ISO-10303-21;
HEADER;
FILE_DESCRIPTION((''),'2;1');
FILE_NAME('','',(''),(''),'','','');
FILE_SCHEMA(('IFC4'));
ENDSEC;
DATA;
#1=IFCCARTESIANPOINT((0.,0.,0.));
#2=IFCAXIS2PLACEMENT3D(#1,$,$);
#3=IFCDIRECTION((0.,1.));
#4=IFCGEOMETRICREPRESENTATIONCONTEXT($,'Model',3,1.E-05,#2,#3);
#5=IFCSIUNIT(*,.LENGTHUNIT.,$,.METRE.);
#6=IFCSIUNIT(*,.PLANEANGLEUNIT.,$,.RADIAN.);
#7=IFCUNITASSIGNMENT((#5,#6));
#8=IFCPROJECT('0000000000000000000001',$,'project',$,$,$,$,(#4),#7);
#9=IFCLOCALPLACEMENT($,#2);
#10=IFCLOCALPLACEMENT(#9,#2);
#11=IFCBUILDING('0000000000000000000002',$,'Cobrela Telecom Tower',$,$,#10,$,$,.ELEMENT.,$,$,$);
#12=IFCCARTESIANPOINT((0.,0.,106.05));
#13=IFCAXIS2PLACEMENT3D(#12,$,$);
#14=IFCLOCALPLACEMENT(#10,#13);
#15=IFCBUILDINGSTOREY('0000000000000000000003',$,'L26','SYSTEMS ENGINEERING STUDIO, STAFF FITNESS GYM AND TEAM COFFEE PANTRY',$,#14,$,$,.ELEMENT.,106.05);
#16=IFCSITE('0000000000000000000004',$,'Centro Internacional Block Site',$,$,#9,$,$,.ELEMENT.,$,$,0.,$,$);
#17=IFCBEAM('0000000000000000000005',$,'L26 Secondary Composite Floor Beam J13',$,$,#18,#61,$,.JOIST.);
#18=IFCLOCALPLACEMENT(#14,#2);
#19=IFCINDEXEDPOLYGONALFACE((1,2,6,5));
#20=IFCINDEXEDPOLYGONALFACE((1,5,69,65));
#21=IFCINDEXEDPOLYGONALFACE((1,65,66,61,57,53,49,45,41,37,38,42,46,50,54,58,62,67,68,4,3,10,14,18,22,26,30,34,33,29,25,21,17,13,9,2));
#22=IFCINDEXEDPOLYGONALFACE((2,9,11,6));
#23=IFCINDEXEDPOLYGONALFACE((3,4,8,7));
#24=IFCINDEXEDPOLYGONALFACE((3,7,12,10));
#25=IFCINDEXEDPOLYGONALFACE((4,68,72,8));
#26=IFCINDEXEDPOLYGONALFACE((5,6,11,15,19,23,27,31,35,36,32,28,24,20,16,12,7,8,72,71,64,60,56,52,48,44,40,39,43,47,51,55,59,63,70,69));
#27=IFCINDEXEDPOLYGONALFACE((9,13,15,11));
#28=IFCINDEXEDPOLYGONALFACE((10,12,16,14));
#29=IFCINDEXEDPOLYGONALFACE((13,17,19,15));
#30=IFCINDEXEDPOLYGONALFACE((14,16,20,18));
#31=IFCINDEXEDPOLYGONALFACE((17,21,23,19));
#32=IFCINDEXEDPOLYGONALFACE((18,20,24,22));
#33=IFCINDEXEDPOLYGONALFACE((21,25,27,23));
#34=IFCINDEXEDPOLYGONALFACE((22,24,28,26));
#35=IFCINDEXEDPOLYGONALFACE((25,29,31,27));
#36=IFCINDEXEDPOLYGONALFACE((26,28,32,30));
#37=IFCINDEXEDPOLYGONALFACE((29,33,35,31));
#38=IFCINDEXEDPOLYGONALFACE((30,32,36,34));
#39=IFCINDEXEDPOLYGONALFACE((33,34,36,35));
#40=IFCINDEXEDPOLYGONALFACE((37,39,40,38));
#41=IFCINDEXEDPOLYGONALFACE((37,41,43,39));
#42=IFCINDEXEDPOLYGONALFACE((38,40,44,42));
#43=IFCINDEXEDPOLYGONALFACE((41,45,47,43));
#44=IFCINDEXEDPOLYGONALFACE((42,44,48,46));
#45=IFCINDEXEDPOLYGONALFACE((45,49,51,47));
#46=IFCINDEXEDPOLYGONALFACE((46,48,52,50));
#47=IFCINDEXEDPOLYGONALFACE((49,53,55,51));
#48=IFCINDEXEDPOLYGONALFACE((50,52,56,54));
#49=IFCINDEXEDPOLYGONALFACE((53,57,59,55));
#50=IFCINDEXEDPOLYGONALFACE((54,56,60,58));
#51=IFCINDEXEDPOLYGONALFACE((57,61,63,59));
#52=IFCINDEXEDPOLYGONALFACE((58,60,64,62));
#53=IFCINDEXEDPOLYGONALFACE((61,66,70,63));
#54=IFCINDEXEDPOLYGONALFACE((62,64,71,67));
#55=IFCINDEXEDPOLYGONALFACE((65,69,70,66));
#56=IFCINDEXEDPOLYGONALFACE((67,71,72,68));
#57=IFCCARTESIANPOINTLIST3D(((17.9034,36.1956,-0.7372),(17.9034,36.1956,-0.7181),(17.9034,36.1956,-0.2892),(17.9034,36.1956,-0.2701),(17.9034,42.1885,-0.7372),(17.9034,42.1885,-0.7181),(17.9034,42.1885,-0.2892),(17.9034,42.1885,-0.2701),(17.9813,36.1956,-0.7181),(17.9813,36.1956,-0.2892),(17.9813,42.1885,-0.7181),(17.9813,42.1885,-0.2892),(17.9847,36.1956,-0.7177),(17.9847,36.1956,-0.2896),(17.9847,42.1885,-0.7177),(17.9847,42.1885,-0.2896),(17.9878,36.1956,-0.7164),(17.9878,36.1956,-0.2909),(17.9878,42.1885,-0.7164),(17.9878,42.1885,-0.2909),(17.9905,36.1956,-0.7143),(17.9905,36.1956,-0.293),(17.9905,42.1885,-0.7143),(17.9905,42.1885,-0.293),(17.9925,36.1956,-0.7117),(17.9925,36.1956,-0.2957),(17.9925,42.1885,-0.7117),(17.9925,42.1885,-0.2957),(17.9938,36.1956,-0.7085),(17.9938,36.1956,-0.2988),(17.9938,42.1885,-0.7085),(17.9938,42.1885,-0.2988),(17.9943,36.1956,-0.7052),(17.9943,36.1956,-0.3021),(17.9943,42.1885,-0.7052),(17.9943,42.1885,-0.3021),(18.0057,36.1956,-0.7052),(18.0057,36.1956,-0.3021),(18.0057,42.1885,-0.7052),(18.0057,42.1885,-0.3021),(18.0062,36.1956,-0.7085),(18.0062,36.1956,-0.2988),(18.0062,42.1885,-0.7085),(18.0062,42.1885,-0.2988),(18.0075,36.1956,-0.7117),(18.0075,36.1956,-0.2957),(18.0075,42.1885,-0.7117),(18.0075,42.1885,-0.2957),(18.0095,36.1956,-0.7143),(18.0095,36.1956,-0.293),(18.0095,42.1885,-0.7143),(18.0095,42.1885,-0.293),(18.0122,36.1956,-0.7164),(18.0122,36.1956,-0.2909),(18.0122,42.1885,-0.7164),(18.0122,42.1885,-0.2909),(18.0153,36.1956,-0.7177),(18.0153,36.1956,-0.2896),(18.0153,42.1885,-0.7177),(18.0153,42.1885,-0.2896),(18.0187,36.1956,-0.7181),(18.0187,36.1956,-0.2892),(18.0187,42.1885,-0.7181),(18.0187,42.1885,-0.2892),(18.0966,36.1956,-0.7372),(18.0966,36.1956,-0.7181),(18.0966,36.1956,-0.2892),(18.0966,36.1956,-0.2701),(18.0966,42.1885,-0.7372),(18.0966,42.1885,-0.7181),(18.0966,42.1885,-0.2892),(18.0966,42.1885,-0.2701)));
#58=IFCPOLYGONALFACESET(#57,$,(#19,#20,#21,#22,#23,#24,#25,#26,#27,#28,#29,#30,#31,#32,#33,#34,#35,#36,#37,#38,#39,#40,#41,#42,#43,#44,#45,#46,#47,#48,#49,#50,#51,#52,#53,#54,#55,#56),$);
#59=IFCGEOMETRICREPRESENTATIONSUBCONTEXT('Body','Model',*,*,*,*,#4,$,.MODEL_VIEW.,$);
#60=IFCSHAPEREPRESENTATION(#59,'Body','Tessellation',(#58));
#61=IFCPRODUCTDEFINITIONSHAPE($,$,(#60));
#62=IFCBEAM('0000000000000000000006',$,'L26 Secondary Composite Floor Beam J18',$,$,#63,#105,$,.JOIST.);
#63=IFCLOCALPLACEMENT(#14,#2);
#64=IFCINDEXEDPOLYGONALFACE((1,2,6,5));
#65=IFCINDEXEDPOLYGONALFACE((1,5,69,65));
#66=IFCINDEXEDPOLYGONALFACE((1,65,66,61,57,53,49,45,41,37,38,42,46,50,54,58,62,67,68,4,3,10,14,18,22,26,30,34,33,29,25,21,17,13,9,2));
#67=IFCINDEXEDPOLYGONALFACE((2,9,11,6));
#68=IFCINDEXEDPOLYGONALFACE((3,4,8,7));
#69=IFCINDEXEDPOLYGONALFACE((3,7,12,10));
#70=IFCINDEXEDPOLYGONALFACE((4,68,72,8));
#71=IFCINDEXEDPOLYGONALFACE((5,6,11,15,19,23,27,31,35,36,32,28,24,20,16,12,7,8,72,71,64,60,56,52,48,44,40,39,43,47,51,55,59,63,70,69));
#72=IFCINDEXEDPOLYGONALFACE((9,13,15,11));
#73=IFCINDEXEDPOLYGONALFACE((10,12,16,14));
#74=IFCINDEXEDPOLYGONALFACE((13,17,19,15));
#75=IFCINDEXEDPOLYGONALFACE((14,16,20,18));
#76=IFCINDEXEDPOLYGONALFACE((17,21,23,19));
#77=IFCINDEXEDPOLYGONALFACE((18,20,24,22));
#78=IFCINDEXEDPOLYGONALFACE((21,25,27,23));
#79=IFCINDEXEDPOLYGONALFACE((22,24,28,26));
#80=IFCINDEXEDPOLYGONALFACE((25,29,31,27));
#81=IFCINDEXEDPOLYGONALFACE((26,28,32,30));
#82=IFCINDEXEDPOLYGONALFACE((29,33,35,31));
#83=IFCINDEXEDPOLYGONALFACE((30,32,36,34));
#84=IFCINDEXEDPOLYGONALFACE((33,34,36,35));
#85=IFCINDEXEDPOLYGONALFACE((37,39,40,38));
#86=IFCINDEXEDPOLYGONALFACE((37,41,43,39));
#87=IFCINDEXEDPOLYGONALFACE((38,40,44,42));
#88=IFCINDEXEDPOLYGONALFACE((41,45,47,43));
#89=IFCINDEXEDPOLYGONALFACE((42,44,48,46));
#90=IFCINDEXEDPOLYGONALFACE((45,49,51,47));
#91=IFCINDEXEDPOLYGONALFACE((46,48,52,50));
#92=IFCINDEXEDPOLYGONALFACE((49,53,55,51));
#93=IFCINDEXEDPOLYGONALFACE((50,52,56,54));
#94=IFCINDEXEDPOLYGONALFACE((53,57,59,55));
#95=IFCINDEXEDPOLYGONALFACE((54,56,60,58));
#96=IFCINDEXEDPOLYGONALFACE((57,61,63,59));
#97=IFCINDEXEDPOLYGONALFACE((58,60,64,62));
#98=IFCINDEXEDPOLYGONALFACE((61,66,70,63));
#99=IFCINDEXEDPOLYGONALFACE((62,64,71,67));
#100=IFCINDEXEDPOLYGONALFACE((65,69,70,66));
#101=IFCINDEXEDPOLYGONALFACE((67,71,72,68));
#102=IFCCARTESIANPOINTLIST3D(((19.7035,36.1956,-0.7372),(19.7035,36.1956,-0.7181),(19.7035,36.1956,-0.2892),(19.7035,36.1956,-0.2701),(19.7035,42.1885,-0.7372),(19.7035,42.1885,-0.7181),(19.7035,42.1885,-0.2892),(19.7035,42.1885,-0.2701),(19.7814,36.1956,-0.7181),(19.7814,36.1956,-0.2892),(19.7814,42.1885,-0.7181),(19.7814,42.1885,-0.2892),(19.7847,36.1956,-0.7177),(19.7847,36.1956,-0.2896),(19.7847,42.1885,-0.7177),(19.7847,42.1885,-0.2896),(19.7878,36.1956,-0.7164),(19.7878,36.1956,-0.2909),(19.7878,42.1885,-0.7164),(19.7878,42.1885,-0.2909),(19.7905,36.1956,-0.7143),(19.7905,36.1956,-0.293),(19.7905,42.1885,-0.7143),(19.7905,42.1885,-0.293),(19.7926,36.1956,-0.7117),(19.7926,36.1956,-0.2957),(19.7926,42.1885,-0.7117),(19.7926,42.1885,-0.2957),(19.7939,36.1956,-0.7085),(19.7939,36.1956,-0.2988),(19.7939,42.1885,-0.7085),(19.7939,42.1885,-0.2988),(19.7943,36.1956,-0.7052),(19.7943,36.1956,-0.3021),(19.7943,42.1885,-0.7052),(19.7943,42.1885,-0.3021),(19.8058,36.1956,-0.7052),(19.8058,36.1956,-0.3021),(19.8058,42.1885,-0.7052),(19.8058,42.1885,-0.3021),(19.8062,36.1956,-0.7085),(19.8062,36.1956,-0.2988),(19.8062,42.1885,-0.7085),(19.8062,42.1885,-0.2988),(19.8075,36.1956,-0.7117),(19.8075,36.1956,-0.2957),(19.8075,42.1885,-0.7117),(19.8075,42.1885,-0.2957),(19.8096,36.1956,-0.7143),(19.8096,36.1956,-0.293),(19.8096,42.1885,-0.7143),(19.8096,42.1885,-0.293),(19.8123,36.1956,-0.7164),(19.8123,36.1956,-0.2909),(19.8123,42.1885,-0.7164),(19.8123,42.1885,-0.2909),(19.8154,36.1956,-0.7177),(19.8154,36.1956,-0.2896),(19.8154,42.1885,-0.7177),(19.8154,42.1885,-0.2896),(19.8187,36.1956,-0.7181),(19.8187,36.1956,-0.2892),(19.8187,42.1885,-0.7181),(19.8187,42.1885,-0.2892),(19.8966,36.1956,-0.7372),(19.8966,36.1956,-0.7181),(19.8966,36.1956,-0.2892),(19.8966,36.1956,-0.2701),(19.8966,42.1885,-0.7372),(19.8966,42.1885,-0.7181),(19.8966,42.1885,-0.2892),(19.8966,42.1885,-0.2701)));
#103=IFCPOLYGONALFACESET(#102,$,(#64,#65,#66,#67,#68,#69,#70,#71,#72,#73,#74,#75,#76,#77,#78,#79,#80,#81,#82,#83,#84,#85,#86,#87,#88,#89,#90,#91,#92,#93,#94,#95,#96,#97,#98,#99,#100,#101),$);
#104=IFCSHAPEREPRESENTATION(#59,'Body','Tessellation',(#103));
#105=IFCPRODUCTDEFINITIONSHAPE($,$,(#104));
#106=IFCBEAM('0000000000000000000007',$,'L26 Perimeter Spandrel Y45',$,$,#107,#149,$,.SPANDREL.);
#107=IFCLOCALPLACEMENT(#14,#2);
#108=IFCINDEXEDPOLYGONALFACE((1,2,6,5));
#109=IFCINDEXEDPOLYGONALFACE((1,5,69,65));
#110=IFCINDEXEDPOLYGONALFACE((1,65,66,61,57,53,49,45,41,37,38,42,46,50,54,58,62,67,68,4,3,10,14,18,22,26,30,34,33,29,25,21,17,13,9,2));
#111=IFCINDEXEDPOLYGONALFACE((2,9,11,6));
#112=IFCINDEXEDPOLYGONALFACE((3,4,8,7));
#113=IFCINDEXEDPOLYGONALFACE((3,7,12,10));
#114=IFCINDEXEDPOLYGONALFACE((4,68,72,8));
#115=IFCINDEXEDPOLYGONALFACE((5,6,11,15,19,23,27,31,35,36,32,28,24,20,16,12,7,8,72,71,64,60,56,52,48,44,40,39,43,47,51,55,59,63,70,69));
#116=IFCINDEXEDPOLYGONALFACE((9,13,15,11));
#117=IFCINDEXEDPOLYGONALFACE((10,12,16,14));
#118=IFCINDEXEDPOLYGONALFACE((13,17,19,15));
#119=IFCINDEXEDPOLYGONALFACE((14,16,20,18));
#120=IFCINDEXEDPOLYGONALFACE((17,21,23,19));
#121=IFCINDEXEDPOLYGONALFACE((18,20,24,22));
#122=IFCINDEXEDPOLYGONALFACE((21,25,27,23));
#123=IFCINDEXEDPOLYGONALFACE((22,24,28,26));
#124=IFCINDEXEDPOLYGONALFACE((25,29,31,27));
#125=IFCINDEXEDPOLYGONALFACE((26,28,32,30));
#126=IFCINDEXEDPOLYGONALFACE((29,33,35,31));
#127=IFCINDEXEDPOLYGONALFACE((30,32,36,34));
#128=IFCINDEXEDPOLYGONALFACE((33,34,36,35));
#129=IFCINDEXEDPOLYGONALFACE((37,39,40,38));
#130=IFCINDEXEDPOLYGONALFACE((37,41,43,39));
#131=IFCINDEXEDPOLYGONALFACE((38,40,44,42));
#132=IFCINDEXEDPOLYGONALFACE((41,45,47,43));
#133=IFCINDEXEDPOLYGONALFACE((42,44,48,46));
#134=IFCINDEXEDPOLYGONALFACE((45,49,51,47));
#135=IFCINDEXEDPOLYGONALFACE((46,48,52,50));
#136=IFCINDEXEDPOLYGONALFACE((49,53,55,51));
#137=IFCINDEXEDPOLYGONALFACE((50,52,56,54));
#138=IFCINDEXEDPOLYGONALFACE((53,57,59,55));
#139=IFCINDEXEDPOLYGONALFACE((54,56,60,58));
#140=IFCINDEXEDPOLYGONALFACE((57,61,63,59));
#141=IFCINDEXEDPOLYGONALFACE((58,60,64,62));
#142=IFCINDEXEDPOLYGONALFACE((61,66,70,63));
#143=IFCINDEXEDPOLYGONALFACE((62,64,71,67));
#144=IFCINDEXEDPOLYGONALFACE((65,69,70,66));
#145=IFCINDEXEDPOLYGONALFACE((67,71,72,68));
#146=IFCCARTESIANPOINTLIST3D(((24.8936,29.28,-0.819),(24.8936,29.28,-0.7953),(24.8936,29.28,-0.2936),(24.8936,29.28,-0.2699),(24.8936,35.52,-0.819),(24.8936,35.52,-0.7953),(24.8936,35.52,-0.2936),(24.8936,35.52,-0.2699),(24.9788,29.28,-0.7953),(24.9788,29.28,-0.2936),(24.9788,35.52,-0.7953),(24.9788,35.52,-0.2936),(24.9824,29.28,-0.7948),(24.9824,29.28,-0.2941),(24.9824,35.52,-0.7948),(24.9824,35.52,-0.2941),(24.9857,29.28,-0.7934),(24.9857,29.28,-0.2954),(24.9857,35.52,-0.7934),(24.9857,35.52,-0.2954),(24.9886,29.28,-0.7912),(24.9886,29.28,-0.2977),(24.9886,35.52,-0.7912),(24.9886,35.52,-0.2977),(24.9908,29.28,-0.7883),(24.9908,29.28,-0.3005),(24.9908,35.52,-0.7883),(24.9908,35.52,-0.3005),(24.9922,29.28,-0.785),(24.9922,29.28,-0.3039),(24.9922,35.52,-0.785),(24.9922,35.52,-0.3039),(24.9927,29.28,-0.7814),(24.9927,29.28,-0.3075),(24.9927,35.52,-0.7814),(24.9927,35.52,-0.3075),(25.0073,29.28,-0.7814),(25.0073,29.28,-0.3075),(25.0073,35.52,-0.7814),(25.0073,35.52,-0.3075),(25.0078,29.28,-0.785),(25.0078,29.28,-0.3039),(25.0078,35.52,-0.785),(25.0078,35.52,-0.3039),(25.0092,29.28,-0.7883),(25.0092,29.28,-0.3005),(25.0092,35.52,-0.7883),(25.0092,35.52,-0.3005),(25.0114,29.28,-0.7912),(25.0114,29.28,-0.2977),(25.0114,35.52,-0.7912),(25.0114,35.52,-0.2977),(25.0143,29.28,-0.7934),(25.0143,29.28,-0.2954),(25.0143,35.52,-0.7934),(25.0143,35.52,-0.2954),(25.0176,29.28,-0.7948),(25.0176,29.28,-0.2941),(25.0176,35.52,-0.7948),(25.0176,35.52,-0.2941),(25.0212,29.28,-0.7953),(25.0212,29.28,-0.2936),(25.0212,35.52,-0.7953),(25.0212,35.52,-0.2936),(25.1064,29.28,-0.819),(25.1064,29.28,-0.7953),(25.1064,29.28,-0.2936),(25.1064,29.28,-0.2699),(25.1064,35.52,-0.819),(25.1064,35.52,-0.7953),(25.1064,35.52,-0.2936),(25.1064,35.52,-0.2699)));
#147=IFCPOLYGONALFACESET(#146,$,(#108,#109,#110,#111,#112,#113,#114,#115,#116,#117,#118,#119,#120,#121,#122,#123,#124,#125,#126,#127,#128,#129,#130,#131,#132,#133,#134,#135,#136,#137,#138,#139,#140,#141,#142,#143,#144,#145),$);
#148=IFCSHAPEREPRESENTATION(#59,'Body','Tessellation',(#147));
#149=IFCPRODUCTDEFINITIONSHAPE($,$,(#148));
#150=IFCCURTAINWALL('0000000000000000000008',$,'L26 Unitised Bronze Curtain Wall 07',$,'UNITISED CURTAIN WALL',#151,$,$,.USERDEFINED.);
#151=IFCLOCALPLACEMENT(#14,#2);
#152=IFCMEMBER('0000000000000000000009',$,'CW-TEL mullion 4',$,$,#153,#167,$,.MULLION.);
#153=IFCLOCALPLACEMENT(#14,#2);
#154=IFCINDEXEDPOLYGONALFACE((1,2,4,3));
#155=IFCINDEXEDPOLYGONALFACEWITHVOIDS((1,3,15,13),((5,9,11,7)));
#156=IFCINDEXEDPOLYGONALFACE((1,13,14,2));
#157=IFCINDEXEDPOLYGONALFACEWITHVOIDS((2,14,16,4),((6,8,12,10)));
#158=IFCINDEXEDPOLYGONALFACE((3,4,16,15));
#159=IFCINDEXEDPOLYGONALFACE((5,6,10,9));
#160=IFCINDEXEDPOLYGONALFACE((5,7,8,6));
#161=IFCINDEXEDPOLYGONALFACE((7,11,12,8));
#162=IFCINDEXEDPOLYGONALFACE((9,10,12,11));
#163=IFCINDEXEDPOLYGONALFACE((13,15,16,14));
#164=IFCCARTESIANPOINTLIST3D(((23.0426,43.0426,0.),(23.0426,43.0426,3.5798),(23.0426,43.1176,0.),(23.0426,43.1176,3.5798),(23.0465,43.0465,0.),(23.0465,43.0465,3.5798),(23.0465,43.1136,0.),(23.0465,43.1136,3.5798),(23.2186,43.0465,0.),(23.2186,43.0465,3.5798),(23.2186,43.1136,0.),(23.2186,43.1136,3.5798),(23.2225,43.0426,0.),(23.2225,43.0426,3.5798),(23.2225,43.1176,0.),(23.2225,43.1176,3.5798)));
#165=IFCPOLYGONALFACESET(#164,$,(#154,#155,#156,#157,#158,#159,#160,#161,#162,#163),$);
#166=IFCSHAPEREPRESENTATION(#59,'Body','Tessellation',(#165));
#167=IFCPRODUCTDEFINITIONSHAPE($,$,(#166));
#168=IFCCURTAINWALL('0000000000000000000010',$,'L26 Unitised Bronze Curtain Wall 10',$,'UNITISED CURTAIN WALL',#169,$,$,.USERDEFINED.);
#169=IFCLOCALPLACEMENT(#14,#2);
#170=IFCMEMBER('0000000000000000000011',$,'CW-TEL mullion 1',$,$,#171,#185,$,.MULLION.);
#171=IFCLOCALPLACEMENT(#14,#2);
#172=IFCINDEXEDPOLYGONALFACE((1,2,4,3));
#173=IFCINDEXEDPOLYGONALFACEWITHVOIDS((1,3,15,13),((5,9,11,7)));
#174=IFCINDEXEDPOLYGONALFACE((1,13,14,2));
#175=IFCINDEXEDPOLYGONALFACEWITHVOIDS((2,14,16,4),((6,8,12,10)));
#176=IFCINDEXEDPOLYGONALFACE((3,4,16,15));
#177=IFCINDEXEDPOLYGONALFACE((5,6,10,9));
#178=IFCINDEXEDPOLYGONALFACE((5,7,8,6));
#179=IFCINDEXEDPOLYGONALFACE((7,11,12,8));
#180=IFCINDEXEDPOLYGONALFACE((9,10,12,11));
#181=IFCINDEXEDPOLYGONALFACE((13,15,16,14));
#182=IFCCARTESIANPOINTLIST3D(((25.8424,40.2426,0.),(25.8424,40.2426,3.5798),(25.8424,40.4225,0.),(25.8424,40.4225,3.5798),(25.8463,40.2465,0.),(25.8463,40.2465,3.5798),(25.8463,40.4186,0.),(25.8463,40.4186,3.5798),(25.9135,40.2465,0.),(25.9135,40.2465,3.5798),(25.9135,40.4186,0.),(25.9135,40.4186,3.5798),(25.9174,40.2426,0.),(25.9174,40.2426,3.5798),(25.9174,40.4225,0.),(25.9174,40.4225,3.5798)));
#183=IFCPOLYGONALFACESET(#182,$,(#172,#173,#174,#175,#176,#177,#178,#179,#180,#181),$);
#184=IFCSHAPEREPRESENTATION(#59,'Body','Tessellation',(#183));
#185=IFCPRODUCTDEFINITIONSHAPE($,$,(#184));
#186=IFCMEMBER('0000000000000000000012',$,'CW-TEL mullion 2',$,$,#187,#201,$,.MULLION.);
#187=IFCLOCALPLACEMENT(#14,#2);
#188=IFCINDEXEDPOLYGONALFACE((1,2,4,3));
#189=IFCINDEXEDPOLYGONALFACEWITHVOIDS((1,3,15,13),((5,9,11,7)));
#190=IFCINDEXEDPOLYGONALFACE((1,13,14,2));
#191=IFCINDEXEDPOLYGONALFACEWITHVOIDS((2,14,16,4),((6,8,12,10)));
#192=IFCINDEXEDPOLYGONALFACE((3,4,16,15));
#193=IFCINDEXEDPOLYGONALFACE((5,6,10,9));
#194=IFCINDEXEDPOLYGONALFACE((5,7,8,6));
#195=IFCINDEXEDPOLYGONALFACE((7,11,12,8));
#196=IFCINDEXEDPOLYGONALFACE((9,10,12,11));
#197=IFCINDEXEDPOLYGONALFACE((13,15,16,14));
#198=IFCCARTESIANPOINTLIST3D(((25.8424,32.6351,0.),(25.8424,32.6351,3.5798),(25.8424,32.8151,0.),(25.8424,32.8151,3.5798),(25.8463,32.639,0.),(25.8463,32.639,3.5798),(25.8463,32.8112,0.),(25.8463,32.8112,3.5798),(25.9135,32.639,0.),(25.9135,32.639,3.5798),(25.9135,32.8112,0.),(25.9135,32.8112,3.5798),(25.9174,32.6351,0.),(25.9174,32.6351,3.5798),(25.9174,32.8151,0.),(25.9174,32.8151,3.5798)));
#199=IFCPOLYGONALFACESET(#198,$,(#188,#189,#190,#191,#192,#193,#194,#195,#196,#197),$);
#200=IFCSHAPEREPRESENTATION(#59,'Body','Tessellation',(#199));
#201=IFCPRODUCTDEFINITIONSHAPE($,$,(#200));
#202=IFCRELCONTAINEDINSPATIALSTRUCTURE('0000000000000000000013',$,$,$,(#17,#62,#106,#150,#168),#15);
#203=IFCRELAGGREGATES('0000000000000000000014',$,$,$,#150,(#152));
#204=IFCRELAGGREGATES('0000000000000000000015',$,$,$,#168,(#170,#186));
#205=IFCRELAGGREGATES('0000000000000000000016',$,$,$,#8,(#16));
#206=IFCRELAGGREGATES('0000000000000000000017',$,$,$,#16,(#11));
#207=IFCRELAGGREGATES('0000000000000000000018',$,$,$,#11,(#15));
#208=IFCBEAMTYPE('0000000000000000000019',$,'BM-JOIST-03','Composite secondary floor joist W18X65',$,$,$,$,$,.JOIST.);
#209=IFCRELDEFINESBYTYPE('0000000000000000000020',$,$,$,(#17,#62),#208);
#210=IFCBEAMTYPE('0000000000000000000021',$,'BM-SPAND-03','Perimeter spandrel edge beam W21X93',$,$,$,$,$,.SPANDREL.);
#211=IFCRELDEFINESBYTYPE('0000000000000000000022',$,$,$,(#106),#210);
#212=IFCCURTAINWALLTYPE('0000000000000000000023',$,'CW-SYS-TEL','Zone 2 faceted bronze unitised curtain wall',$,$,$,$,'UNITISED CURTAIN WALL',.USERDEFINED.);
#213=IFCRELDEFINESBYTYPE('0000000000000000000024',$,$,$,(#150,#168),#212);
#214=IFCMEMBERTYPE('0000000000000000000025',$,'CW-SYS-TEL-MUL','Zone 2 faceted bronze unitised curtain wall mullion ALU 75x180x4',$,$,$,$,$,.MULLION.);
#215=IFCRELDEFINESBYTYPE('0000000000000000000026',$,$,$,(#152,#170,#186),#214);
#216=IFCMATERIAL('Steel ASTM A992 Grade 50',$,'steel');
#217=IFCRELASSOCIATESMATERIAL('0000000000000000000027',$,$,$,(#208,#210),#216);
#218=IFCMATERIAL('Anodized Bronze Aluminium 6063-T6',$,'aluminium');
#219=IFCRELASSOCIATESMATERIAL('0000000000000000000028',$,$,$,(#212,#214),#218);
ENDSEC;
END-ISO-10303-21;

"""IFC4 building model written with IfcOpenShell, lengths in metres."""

from ifc_helpers import new_model, si_unit, direction, frame, origin, origin_2d, place, context, subcontext, project, spatial, hollow_rectangle, i_section, extrude, material, material_profile, profile_set, type_object, element, aggregate, save


model = new_model("IFC4")

# Units and contexts
model_context = context("Model", 3, precision=1e-05, world=origin(), true_north=direction((0.0, 1.0)))
body_context = subcontext(model_context, "Body", "Model", "MODEL_VIEW")
ifc_project = project(units=[si_unit("LENGTHUNIT", "METRE"), si_unit("PLANEANGLEUNIT", "RADIAN")], contexts=[model_context])

# Site, building, storey
site_placement = place(None, origin())
site = spatial("IfcSite", under=ifc_project, at=site_placement, Name="Centro Internacional Block Site", CompositionType="ELEMENT", RefElevation=0.0)
building_placement = place(site_placement, origin())
building = spatial("IfcBuilding", under=site, at=building_placement, Name="Cobrela Telecom Tower", CompositionType="ELEMENT")
storey_placement = place(building_placement, frame((0.0, 0.0, 106.05)))
storey = spatial("IfcBuildingStorey", under=building, at=storey_placement, Name="L26", Description="SYSTEMS ENGINEERING STUDIO, STAFF FITNESS GYM AND TEAM COFFEE PANTRY", CompositionType="ELEMENT", Elevation=106.05)

# Shared definitions
ifc_material_1 = material(Name="Steel ASTM A992 Grade 50", Category="steel")

# Beams
ifc_material_profile_1 = material_profile(ifc_material_1, i_section(OverallWidth=0.1931, OverallDepth=0.467, WebThickness=0.0115, FlangeThickness=0.019, FilletRadius=0.0129, at=origin_2d()), Name="W18X65")
ifc_profile_set_1 = profile_set([ifc_material_profile_1], Name="Steel ASTM A992 Grade 50")
beam_type_1 = type_object("IfcBeamType", Name="BM-JOIST-03", Description="Composite secondary floor joist W18X65", PredefinedType="JOIST", material=ifc_profile_set_1)
for number, where, z_axis, x_axis, name in (
    (1, (18.0, 36.1956, -0.5037), (0.0, 1.0, 0.0), (-1.0, 0.0, 0.0), "L26 Secondary Composite Floor Beam J13"),
    (2, (19.8, 36.1956, -0.5037), (0.0, 1.0, 0.0), (-1.0, 0.0, 0.0), "L26 Secondary Composite Floor Beam J18"),
):
    element("IfcBeam", number, at=place(storey_placement, frame(where, z_axis=z_axis, x_axis=x_axis)), inside=storey, type_object=beam_type_1, Name=name, PredefinedType="JOIST", context=body_context, shape_type="SweptSolid", body=[
        extrude(i_section(OverallWidth=0.1931, OverallDepth=0.467, WebThickness=0.0115, FlangeThickness=0.019, FilletRadius=0.0129, at=origin_2d()), origin(), (0.0, 0.0, 1.0), 5.9929),
    ])
ifc_material_profile_2 = material_profile(ifc_material_1, i_section(OverallWidth=0.2129, OverallDepth=0.5491, WebThickness=0.0146, FlangeThickness=0.0237, FilletRadius=0.0139, at=origin_2d()), Name="W21X93")
ifc_profile_set_2 = profile_set([ifc_material_profile_2], Name="Steel ASTM A992 Grade 50")
beam_type_2 = type_object("IfcBeamType", Name="BM-SPAND-03", Description="Perimeter spandrel edge beam W21X93", PredefinedType="SPANDREL", material=ifc_profile_set_2)
beam_1_placement = place(storey_placement, frame((25.0, 29.28, -0.5444), z_axis=(0.0, 1.0, 0.0), x_axis=(-1.0, 0.0, 0.0)))
element("IfcBeam", 3, at=beam_1_placement, inside=storey, type_object=beam_type_2, Name="L26 Perimeter Spandrel Y45", PredefinedType="SPANDREL", context=body_context, shape_type="SweptSolid", body=[
    extrude(i_section(OverallWidth=0.2129, OverallDepth=0.5491, WebThickness=0.0146, FlangeThickness=0.0237, FilletRadius=0.0139, at=origin_2d()), origin(), (0.0, 0.0, 1.0), 6.24),
])

# Curtain wall, member
ifc_material_2 = material(Name="Anodized Bronze Aluminium 6063-T6", Category="aluminium")
curtain_wall_type = type_object("IfcCurtainWallType", Name="CW-SYS-TEL", Description="Zone 2 faceted bronze unitised curtain wall", ElementType="UNITISED CURTAIN WALL", PredefinedType="USERDEFINED", material=ifc_material_2)
curtain_wall_1_placement = place(storey_placement, origin())
curtain_wall_1 = element("IfcCurtainWall", 4, at=curtain_wall_1_placement, inside=storey, type_object=curtain_wall_type, Name="L26 Unitised Bronze Curtain Wall 07", ObjectType="UNITISED CURTAIN WALL", PredefinedType="USERDEFINED")
ifc_material_profile_3 = material_profile(ifc_material_2, hollow_rectangle(XDim=0.075, YDim=0.1799, WallThickness=0.0039, at=origin_2d()), Name="ALU 75x180x4")
ifc_profile_set_3 = profile_set([ifc_material_profile_3], Name="Anodized Bronze Aluminium 6063-T6")
member_type_1 = type_object("IfcMemberType", Name="CW-SYS-TEL-MUL", Description="Zone 2 faceted bronze unitised curtain wall mullion ALU 75x180x4", PredefinedType="MULLION", material=ifc_profile_set_3)
member_1_placement = place(storey_placement, frame((23.1326, 43.0801, 0.0), z_axis=(0.0, 0.0, 1.0), x_axis=(0.0, 1.0, 0.0)))
member_1 = element("IfcMember", 5, at=member_1_placement, type_object=member_type_1, Name="CW-TEL mullion 4", PredefinedType="MULLION", context=body_context, shape_type="SweptSolid", body=[
    extrude(hollow_rectangle(XDim=0.075, YDim=0.1799, WallThickness=0.0039, at=origin_2d()), origin(), (0.0, 0.0, 1.0), 3.5798),
])

# Curtain wall, members
curtain_wall_2_placement = place(storey_placement, origin())
curtain_wall_2 = element("IfcCurtainWall", 6, at=curtain_wall_2_placement, inside=storey, type_object=curtain_wall_type, Name="L26 Unitised Bronze Curtain Wall 10", ObjectType="UNITISED CURTAIN WALL", PredefinedType="USERDEFINED")
member_2_placement = place(storey_placement, frame((25.8799, 40.3325, 0.0), z_axis=(0.0, 0.0, 1.0), x_axis=(1.0, 0.0, 0.0)))
member_2 = element("IfcMember", 7, at=member_2_placement, type_object=member_type_1, Name="CW-TEL mullion 1", PredefinedType="MULLION", context=body_context, shape_type="SweptSolid", body=[
    extrude(hollow_rectangle(XDim=0.075, YDim=0.1799, WallThickness=0.0039, at=origin_2d()), origin(), (0.0, 0.0, 1.0), 3.5798),
])
member_3_placement = place(storey_placement, frame((25.8799, 32.7251, 0.0), z_axis=(0.0, 0.0, 1.0), x_axis=(1.0, 0.0, 0.0)))
member_3 = element("IfcMember", 8, at=member_3_placement, type_object=member_type_1, Name="CW-TEL mullion 2", PredefinedType="MULLION", context=body_context, shape_type="SweptSolid", body=[
    extrude(hollow_rectangle(XDim=0.075, YDim=0.1799, WallThickness=0.0039, at=origin_2d()), origin(), (0.0, 0.0, 1.0), 3.5798),
])

aggregate(curtain_wall_1, [member_1])
aggregate(curtain_wall_2, [member_2, member_3])

save(model, "model.ifc")
